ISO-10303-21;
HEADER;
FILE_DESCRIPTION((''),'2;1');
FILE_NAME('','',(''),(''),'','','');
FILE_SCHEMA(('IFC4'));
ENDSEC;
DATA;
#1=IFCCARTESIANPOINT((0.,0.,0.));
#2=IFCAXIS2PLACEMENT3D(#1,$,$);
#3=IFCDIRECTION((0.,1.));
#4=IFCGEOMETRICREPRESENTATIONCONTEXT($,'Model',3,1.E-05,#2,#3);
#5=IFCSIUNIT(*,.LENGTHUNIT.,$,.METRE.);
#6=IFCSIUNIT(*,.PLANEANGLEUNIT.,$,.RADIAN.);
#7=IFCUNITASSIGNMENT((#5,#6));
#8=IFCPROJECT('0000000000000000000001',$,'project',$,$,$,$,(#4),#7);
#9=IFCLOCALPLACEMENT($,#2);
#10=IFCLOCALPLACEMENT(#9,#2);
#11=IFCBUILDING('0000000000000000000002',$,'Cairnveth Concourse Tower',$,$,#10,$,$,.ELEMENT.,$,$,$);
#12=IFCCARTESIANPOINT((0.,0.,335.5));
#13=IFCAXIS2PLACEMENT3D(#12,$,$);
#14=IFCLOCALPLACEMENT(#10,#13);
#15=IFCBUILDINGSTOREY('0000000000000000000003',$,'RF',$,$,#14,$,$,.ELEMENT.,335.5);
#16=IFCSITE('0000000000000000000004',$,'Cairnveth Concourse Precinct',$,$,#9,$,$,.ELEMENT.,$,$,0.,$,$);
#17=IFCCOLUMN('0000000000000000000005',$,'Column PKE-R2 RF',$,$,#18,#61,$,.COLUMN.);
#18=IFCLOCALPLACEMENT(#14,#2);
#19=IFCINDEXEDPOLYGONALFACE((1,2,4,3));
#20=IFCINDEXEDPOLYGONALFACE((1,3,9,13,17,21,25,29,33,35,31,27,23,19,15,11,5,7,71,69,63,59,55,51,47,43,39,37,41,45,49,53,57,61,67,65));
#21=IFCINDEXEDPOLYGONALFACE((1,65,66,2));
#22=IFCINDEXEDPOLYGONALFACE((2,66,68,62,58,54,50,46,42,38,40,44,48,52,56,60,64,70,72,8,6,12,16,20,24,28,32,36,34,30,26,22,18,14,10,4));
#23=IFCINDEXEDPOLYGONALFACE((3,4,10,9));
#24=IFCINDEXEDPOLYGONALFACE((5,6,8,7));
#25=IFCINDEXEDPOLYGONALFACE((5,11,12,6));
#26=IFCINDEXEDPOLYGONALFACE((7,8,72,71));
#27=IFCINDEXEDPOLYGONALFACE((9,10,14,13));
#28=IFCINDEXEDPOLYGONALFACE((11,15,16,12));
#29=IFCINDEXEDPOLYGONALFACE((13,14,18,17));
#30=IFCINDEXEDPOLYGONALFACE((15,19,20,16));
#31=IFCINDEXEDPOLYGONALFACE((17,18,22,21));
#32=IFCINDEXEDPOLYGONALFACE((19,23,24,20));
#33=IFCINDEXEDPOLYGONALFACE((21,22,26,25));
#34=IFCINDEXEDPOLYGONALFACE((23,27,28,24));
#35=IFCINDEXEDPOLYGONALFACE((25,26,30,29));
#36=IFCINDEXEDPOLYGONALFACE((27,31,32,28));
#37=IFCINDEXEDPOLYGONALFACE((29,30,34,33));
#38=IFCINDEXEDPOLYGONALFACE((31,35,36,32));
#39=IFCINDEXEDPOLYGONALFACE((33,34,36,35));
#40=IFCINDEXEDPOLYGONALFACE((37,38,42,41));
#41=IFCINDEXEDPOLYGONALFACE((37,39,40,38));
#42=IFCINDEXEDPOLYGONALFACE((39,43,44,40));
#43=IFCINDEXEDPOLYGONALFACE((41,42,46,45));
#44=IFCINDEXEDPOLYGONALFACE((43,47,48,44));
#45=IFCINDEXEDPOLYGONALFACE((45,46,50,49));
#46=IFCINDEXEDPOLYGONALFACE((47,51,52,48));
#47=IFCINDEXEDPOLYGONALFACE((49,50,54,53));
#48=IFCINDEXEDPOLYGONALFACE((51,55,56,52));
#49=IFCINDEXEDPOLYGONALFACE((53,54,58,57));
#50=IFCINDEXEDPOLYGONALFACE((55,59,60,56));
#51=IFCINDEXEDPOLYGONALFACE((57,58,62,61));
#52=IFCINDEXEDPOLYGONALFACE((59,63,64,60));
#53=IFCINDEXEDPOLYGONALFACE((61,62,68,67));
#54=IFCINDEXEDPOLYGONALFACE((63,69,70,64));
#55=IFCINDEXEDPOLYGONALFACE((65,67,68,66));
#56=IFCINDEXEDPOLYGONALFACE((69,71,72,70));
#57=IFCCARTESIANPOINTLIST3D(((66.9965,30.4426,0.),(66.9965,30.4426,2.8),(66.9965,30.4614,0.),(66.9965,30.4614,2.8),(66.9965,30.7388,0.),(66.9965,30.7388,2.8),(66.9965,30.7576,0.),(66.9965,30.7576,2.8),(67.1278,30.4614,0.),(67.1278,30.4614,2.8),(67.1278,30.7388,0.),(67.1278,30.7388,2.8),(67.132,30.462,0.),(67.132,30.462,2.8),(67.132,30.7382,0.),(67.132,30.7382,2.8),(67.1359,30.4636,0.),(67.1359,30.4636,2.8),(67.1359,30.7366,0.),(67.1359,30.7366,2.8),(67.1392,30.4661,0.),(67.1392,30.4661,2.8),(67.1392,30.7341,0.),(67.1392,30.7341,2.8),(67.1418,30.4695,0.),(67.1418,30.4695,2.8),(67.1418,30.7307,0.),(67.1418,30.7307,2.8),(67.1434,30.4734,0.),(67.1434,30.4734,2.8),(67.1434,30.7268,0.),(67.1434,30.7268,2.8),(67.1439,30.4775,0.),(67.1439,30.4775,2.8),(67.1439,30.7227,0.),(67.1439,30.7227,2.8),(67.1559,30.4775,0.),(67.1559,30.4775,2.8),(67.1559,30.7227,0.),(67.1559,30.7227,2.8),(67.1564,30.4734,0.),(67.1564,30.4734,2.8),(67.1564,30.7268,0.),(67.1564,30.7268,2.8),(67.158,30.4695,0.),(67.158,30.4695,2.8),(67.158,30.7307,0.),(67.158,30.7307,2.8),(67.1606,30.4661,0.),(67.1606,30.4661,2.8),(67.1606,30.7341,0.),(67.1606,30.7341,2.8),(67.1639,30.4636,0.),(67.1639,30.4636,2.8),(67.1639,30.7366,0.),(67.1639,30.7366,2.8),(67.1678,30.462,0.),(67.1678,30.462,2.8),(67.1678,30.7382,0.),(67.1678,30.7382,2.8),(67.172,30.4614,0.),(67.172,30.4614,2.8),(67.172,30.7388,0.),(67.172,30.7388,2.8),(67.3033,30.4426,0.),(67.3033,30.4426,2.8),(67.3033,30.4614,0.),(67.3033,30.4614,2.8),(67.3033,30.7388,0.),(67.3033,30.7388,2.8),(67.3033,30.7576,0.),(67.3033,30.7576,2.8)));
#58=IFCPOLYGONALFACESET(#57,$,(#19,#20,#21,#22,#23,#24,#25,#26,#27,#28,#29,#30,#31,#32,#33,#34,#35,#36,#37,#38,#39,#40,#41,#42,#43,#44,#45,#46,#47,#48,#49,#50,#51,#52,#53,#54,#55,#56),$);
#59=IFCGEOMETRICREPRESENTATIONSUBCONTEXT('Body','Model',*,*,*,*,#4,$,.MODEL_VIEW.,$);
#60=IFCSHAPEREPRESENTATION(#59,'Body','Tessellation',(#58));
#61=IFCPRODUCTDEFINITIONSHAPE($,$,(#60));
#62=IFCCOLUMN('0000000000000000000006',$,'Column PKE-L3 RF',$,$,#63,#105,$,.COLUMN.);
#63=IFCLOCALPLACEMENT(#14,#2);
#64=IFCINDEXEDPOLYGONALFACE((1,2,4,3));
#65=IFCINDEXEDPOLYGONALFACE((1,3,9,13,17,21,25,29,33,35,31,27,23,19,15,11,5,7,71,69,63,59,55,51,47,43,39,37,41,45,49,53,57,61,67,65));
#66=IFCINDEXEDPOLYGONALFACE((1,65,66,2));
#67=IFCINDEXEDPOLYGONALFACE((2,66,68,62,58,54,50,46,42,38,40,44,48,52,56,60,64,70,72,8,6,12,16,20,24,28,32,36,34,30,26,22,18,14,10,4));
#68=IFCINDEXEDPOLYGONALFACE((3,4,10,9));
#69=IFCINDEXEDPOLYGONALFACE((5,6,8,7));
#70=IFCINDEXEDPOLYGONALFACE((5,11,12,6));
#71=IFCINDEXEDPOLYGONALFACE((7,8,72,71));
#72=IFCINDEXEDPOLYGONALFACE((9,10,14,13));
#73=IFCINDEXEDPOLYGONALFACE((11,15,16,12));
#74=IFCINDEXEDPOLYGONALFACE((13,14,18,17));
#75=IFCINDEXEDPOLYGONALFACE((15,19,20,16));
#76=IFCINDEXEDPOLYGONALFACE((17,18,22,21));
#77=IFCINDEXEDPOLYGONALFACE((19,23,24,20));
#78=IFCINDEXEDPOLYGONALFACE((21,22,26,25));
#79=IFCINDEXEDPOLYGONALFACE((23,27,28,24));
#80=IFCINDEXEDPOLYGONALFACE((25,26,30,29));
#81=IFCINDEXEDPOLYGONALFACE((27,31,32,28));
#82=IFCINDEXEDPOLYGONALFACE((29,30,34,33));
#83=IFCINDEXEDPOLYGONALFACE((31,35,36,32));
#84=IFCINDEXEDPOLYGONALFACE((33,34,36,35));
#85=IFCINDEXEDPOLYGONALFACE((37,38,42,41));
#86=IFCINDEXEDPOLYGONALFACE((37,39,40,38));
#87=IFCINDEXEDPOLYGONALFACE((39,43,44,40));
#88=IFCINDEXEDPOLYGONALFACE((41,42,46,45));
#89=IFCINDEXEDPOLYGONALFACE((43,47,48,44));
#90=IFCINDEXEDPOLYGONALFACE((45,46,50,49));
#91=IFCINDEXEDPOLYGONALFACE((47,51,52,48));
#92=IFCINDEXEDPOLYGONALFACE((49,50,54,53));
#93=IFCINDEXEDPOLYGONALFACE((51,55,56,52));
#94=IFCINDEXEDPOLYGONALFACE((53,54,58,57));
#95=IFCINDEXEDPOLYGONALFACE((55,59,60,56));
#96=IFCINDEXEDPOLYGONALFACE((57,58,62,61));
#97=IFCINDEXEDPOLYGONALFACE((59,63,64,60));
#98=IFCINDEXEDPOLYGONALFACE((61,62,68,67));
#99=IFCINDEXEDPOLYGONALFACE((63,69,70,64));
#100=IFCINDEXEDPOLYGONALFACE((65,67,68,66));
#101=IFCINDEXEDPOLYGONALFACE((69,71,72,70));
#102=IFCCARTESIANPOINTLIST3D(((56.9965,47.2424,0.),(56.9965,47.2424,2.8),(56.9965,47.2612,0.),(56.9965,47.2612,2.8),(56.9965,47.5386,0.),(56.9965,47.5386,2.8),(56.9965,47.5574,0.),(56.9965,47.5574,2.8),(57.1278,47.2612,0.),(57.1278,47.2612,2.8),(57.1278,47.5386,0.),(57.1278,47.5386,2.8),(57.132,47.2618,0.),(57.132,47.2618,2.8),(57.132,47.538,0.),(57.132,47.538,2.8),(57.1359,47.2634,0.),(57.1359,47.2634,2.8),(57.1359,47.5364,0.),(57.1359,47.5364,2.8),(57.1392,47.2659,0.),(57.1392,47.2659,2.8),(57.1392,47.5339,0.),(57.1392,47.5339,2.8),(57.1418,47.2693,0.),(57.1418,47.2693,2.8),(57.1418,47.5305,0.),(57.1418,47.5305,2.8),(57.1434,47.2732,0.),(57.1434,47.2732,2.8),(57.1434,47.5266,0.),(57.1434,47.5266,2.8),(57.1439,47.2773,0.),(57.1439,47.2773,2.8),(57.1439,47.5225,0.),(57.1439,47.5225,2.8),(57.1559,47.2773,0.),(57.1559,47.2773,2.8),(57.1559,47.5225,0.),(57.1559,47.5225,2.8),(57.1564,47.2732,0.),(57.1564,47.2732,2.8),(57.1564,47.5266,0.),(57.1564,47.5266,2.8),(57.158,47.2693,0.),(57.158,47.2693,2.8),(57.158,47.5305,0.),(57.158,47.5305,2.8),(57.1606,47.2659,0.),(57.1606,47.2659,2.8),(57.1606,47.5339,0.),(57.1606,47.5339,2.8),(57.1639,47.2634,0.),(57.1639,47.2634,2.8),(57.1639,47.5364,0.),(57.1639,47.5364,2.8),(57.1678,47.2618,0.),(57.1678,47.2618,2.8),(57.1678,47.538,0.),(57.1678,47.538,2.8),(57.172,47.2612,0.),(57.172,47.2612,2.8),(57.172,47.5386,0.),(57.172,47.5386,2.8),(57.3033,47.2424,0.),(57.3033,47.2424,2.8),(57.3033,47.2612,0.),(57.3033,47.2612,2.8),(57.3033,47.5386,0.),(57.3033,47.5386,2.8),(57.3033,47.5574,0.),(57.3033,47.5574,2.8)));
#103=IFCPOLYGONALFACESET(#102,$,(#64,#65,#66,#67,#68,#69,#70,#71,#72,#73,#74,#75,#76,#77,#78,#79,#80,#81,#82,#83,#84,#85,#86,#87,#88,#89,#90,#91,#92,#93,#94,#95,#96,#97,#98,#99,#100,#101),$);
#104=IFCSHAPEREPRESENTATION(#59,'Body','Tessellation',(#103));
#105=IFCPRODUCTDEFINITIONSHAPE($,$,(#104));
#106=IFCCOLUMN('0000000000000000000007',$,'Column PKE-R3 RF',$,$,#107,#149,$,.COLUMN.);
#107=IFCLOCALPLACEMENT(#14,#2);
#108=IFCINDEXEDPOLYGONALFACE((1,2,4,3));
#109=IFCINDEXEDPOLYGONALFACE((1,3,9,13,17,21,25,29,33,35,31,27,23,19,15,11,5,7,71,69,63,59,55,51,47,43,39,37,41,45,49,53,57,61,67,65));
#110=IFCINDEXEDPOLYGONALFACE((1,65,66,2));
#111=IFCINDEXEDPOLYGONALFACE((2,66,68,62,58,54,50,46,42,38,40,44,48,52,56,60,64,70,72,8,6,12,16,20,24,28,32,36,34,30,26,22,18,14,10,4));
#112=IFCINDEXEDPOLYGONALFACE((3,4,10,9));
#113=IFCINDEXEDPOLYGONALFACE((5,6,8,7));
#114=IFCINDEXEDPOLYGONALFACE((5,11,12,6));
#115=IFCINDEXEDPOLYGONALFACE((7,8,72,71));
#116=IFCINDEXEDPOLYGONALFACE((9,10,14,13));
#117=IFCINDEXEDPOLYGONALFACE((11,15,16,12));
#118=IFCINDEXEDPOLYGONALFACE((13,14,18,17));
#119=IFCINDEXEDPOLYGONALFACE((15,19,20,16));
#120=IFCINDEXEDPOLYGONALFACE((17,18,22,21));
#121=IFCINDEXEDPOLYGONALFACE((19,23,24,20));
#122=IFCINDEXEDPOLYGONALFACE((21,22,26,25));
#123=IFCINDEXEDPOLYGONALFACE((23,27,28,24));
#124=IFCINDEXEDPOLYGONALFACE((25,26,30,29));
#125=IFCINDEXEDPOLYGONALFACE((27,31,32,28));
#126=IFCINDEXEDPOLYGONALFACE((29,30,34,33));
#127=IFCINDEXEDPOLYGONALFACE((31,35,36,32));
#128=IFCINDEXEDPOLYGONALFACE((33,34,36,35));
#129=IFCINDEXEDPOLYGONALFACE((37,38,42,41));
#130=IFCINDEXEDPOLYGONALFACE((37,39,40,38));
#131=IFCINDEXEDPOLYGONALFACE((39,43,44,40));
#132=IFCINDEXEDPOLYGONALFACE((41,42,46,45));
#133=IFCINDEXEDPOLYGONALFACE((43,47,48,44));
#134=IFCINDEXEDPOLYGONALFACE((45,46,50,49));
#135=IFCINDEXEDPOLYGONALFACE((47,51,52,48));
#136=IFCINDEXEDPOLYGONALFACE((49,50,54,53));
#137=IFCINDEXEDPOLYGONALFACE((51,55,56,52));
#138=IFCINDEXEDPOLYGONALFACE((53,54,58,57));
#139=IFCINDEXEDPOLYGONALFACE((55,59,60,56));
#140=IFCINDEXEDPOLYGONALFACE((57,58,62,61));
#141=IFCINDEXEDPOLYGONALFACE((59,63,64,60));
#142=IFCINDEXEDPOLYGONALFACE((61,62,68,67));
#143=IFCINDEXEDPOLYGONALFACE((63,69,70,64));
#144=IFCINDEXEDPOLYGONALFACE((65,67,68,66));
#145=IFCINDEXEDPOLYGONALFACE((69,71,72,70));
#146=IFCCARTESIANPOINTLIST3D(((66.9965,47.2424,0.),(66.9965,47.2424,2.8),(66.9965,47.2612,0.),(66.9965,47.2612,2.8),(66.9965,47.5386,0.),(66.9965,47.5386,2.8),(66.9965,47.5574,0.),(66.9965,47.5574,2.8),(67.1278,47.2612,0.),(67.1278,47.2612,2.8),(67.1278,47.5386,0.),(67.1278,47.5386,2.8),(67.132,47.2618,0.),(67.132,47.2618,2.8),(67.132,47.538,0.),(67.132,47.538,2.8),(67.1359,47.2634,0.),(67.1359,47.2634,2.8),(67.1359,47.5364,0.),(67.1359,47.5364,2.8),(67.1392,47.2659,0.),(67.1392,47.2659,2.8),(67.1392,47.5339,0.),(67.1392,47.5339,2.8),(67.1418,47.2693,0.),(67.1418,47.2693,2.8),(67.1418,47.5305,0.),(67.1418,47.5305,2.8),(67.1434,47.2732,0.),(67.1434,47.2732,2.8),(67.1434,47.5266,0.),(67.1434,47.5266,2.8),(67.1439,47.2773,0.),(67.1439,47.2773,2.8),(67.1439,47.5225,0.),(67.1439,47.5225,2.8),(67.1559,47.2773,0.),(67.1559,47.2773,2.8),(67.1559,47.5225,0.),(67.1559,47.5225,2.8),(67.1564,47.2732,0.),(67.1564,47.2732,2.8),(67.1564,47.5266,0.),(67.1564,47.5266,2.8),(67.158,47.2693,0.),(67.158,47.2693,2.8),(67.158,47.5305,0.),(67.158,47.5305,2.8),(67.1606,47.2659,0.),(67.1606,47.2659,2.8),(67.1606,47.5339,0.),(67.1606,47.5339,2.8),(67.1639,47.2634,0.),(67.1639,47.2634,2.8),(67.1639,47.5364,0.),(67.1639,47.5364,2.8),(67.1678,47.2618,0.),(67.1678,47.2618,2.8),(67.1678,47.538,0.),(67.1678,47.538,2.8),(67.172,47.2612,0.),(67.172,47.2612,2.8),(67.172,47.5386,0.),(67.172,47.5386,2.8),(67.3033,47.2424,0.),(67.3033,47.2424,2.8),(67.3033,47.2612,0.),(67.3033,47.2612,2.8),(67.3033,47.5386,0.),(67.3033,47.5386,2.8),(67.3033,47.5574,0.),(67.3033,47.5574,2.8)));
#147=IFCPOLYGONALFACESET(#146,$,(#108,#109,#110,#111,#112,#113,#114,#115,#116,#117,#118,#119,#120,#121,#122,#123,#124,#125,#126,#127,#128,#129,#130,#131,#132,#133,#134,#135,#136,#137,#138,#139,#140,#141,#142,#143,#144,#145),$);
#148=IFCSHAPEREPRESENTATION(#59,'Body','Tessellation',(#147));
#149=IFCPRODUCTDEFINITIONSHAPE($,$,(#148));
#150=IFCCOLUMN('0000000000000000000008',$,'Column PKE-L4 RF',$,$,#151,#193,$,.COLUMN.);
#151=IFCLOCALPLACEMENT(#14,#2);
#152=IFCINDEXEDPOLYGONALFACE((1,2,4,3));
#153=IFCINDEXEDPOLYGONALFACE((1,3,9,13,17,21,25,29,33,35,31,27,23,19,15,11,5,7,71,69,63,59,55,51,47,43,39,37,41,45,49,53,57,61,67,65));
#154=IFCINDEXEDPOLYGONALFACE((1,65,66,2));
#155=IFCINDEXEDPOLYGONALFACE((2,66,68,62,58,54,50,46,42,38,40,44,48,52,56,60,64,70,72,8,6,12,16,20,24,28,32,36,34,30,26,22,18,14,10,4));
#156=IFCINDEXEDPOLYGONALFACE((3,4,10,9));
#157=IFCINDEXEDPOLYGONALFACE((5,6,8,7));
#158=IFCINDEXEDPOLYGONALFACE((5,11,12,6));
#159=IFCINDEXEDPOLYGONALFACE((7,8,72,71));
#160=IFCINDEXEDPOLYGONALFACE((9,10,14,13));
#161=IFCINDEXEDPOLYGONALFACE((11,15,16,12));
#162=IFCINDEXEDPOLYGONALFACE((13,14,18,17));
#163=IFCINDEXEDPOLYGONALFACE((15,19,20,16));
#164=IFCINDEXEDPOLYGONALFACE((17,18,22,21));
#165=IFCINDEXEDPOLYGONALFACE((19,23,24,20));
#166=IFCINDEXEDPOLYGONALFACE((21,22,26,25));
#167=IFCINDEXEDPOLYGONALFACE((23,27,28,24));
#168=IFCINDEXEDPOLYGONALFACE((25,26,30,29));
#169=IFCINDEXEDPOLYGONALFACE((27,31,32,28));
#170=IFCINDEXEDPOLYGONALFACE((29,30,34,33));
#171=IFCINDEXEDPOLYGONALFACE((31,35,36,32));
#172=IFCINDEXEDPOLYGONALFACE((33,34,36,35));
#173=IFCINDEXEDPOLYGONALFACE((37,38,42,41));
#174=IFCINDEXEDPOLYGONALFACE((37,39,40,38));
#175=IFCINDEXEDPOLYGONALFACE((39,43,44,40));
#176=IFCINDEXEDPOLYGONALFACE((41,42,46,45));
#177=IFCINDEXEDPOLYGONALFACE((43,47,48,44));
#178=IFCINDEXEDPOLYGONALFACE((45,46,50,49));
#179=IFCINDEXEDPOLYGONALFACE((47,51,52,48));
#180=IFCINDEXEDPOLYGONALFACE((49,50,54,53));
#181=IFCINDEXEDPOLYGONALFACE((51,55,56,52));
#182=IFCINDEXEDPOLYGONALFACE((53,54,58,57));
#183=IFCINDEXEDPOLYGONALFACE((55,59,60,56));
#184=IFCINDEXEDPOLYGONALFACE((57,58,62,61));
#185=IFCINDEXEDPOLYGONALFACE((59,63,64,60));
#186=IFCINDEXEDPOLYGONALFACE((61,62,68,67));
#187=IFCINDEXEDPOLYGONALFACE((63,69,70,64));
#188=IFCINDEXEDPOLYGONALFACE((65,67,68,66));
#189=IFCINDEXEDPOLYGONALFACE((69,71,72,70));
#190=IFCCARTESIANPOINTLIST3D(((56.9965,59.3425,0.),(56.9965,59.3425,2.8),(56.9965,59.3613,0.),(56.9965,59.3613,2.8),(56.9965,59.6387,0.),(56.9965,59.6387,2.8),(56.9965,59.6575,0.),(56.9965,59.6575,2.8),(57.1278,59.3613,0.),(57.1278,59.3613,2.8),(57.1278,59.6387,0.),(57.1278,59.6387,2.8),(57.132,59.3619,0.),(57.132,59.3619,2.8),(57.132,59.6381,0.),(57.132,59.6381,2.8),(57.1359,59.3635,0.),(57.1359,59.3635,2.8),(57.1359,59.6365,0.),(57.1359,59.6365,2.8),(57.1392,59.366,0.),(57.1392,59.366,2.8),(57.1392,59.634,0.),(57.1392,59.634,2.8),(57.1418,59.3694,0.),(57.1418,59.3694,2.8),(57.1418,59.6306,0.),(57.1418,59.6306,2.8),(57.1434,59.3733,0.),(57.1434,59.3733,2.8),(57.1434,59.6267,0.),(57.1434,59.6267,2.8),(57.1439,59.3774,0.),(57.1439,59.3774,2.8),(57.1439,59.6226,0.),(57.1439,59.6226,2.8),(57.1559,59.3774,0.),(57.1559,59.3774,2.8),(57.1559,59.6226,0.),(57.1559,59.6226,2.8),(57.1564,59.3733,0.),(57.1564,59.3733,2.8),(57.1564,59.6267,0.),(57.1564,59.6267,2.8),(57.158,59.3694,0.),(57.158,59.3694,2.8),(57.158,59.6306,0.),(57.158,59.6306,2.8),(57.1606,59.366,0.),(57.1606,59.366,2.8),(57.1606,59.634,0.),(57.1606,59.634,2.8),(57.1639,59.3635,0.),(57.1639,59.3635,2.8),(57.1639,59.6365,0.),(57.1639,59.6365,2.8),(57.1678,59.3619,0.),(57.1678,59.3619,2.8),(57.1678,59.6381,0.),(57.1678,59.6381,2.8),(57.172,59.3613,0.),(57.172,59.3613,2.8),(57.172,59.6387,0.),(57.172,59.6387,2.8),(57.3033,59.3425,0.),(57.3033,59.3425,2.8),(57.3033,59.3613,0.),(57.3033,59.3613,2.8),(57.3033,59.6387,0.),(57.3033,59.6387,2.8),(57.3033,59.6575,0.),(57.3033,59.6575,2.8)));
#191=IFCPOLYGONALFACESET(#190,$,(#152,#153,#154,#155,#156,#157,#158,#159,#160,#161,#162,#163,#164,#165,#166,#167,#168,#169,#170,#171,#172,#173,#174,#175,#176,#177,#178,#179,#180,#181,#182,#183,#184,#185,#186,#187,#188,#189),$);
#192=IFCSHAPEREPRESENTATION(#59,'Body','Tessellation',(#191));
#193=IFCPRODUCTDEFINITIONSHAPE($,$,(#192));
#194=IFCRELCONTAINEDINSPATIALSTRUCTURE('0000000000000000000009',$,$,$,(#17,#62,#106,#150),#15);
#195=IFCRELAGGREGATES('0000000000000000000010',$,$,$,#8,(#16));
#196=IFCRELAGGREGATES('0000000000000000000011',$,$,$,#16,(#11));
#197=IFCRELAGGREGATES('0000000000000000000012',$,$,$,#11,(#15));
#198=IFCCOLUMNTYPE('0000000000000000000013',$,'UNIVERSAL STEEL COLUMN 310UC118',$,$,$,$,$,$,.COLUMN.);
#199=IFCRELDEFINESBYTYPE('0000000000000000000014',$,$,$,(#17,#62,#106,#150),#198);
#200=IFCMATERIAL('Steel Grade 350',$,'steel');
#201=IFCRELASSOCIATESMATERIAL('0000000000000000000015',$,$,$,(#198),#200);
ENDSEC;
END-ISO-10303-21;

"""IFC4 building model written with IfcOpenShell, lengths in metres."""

from ifc_helpers import new_model, si_unit, direction, frame, origin, origin_2d, place, context, subcontext, project, spatial, i_section, extrude, material, material_profile, profile_set, type_object, element, save


model = new_model("IFC4")

# Units and contexts
model_context = context("Model", 3, precision=1e-05, world=origin(), true_north=direction((0.0, 1.0)))
body_context = subcontext(model_context, "Body", "Model", "MODEL_VIEW")
ifc_project = project(units=[si_unit("LENGTHUNIT", "METRE"), si_unit("PLANEANGLEUNIT", "RADIAN")], contexts=[model_context])

# Site, building, storey
site_placement = place(None, origin())
site = spatial("IfcSite", under=ifc_project, at=site_placement, Name="Cairnveth Concourse Precinct", CompositionType="ELEMENT", RefElevation=0.0)
building_placement = place(site_placement, origin())
building = spatial("IfcBuilding", under=site, at=building_placement, Name="Cairnveth Concourse Tower", CompositionType="ELEMENT")
storey_placement = place(building_placement, frame((0.0, 0.0, 335.5)))
storey = spatial("IfcBuildingStorey", under=building, at=storey_placement, Name="RF", CompositionType="ELEMENT", Elevation=335.5)

# Columns
ifc_material_1 = material(Name="Steel Grade 350", Category="steel")
ifc_material_profile_1 = material_profile(ifc_material_1, i_section(OverallWidth=0.3069, OverallDepth=0.3149, WebThickness=0.012, FlangeThickness=0.0188, FilletRadius=0.0161, at=origin_2d()), Name="310UC118")
ifc_profile_set_1 = profile_set([ifc_material_profile_1], Name="Steel Grade 350")
column_type_1 = type_object("IfcColumnType", Name="UNIVERSAL STEEL COLUMN 310UC118", PredefinedType="COLUMN", material=ifc_profile_set_1)
for number, where, z_axis, x_axis, name in (
    (1, (67.1499, 30.6001, 0.0), (0.0, 0.0, 1.0), (1.0, 0.0, 0.0), "Column PKE-R2 RF"),
    (2, (57.1499, 47.3999, 0.0), (0.0, 0.0, 1.0), (1.0, 0.0, 0.0), "Column PKE-L3 RF"),
    (3, (67.1499, 47.3999, 0.0), (0.0, 0.0, 1.0), (1.0, 0.0, 0.0), "Column PKE-R3 RF"),
    (4, (57.1499, 59.5, 0.0), (0.0, 0.0, 1.0), (1.0, 0.0, 0.0), "Column PKE-L4 RF"),
):
    element("IfcColumn", number, at=place(storey_placement, frame(where, z_axis=z_axis, x_axis=x_axis)), inside=storey, type_object=column_type_1, Name=name, PredefinedType="COLUMN", context=body_context, shape_type="SweptSolid", body=[
        extrude(i_section(OverallWidth=0.3069, OverallDepth=0.3149, WebThickness=0.012, FlangeThickness=0.0188, FilletRadius=0.0161, at=origin_2d()), origin(), (0.0, 0.0, 1.0), 2.8),
    ])

save(model, "model.ifc")
